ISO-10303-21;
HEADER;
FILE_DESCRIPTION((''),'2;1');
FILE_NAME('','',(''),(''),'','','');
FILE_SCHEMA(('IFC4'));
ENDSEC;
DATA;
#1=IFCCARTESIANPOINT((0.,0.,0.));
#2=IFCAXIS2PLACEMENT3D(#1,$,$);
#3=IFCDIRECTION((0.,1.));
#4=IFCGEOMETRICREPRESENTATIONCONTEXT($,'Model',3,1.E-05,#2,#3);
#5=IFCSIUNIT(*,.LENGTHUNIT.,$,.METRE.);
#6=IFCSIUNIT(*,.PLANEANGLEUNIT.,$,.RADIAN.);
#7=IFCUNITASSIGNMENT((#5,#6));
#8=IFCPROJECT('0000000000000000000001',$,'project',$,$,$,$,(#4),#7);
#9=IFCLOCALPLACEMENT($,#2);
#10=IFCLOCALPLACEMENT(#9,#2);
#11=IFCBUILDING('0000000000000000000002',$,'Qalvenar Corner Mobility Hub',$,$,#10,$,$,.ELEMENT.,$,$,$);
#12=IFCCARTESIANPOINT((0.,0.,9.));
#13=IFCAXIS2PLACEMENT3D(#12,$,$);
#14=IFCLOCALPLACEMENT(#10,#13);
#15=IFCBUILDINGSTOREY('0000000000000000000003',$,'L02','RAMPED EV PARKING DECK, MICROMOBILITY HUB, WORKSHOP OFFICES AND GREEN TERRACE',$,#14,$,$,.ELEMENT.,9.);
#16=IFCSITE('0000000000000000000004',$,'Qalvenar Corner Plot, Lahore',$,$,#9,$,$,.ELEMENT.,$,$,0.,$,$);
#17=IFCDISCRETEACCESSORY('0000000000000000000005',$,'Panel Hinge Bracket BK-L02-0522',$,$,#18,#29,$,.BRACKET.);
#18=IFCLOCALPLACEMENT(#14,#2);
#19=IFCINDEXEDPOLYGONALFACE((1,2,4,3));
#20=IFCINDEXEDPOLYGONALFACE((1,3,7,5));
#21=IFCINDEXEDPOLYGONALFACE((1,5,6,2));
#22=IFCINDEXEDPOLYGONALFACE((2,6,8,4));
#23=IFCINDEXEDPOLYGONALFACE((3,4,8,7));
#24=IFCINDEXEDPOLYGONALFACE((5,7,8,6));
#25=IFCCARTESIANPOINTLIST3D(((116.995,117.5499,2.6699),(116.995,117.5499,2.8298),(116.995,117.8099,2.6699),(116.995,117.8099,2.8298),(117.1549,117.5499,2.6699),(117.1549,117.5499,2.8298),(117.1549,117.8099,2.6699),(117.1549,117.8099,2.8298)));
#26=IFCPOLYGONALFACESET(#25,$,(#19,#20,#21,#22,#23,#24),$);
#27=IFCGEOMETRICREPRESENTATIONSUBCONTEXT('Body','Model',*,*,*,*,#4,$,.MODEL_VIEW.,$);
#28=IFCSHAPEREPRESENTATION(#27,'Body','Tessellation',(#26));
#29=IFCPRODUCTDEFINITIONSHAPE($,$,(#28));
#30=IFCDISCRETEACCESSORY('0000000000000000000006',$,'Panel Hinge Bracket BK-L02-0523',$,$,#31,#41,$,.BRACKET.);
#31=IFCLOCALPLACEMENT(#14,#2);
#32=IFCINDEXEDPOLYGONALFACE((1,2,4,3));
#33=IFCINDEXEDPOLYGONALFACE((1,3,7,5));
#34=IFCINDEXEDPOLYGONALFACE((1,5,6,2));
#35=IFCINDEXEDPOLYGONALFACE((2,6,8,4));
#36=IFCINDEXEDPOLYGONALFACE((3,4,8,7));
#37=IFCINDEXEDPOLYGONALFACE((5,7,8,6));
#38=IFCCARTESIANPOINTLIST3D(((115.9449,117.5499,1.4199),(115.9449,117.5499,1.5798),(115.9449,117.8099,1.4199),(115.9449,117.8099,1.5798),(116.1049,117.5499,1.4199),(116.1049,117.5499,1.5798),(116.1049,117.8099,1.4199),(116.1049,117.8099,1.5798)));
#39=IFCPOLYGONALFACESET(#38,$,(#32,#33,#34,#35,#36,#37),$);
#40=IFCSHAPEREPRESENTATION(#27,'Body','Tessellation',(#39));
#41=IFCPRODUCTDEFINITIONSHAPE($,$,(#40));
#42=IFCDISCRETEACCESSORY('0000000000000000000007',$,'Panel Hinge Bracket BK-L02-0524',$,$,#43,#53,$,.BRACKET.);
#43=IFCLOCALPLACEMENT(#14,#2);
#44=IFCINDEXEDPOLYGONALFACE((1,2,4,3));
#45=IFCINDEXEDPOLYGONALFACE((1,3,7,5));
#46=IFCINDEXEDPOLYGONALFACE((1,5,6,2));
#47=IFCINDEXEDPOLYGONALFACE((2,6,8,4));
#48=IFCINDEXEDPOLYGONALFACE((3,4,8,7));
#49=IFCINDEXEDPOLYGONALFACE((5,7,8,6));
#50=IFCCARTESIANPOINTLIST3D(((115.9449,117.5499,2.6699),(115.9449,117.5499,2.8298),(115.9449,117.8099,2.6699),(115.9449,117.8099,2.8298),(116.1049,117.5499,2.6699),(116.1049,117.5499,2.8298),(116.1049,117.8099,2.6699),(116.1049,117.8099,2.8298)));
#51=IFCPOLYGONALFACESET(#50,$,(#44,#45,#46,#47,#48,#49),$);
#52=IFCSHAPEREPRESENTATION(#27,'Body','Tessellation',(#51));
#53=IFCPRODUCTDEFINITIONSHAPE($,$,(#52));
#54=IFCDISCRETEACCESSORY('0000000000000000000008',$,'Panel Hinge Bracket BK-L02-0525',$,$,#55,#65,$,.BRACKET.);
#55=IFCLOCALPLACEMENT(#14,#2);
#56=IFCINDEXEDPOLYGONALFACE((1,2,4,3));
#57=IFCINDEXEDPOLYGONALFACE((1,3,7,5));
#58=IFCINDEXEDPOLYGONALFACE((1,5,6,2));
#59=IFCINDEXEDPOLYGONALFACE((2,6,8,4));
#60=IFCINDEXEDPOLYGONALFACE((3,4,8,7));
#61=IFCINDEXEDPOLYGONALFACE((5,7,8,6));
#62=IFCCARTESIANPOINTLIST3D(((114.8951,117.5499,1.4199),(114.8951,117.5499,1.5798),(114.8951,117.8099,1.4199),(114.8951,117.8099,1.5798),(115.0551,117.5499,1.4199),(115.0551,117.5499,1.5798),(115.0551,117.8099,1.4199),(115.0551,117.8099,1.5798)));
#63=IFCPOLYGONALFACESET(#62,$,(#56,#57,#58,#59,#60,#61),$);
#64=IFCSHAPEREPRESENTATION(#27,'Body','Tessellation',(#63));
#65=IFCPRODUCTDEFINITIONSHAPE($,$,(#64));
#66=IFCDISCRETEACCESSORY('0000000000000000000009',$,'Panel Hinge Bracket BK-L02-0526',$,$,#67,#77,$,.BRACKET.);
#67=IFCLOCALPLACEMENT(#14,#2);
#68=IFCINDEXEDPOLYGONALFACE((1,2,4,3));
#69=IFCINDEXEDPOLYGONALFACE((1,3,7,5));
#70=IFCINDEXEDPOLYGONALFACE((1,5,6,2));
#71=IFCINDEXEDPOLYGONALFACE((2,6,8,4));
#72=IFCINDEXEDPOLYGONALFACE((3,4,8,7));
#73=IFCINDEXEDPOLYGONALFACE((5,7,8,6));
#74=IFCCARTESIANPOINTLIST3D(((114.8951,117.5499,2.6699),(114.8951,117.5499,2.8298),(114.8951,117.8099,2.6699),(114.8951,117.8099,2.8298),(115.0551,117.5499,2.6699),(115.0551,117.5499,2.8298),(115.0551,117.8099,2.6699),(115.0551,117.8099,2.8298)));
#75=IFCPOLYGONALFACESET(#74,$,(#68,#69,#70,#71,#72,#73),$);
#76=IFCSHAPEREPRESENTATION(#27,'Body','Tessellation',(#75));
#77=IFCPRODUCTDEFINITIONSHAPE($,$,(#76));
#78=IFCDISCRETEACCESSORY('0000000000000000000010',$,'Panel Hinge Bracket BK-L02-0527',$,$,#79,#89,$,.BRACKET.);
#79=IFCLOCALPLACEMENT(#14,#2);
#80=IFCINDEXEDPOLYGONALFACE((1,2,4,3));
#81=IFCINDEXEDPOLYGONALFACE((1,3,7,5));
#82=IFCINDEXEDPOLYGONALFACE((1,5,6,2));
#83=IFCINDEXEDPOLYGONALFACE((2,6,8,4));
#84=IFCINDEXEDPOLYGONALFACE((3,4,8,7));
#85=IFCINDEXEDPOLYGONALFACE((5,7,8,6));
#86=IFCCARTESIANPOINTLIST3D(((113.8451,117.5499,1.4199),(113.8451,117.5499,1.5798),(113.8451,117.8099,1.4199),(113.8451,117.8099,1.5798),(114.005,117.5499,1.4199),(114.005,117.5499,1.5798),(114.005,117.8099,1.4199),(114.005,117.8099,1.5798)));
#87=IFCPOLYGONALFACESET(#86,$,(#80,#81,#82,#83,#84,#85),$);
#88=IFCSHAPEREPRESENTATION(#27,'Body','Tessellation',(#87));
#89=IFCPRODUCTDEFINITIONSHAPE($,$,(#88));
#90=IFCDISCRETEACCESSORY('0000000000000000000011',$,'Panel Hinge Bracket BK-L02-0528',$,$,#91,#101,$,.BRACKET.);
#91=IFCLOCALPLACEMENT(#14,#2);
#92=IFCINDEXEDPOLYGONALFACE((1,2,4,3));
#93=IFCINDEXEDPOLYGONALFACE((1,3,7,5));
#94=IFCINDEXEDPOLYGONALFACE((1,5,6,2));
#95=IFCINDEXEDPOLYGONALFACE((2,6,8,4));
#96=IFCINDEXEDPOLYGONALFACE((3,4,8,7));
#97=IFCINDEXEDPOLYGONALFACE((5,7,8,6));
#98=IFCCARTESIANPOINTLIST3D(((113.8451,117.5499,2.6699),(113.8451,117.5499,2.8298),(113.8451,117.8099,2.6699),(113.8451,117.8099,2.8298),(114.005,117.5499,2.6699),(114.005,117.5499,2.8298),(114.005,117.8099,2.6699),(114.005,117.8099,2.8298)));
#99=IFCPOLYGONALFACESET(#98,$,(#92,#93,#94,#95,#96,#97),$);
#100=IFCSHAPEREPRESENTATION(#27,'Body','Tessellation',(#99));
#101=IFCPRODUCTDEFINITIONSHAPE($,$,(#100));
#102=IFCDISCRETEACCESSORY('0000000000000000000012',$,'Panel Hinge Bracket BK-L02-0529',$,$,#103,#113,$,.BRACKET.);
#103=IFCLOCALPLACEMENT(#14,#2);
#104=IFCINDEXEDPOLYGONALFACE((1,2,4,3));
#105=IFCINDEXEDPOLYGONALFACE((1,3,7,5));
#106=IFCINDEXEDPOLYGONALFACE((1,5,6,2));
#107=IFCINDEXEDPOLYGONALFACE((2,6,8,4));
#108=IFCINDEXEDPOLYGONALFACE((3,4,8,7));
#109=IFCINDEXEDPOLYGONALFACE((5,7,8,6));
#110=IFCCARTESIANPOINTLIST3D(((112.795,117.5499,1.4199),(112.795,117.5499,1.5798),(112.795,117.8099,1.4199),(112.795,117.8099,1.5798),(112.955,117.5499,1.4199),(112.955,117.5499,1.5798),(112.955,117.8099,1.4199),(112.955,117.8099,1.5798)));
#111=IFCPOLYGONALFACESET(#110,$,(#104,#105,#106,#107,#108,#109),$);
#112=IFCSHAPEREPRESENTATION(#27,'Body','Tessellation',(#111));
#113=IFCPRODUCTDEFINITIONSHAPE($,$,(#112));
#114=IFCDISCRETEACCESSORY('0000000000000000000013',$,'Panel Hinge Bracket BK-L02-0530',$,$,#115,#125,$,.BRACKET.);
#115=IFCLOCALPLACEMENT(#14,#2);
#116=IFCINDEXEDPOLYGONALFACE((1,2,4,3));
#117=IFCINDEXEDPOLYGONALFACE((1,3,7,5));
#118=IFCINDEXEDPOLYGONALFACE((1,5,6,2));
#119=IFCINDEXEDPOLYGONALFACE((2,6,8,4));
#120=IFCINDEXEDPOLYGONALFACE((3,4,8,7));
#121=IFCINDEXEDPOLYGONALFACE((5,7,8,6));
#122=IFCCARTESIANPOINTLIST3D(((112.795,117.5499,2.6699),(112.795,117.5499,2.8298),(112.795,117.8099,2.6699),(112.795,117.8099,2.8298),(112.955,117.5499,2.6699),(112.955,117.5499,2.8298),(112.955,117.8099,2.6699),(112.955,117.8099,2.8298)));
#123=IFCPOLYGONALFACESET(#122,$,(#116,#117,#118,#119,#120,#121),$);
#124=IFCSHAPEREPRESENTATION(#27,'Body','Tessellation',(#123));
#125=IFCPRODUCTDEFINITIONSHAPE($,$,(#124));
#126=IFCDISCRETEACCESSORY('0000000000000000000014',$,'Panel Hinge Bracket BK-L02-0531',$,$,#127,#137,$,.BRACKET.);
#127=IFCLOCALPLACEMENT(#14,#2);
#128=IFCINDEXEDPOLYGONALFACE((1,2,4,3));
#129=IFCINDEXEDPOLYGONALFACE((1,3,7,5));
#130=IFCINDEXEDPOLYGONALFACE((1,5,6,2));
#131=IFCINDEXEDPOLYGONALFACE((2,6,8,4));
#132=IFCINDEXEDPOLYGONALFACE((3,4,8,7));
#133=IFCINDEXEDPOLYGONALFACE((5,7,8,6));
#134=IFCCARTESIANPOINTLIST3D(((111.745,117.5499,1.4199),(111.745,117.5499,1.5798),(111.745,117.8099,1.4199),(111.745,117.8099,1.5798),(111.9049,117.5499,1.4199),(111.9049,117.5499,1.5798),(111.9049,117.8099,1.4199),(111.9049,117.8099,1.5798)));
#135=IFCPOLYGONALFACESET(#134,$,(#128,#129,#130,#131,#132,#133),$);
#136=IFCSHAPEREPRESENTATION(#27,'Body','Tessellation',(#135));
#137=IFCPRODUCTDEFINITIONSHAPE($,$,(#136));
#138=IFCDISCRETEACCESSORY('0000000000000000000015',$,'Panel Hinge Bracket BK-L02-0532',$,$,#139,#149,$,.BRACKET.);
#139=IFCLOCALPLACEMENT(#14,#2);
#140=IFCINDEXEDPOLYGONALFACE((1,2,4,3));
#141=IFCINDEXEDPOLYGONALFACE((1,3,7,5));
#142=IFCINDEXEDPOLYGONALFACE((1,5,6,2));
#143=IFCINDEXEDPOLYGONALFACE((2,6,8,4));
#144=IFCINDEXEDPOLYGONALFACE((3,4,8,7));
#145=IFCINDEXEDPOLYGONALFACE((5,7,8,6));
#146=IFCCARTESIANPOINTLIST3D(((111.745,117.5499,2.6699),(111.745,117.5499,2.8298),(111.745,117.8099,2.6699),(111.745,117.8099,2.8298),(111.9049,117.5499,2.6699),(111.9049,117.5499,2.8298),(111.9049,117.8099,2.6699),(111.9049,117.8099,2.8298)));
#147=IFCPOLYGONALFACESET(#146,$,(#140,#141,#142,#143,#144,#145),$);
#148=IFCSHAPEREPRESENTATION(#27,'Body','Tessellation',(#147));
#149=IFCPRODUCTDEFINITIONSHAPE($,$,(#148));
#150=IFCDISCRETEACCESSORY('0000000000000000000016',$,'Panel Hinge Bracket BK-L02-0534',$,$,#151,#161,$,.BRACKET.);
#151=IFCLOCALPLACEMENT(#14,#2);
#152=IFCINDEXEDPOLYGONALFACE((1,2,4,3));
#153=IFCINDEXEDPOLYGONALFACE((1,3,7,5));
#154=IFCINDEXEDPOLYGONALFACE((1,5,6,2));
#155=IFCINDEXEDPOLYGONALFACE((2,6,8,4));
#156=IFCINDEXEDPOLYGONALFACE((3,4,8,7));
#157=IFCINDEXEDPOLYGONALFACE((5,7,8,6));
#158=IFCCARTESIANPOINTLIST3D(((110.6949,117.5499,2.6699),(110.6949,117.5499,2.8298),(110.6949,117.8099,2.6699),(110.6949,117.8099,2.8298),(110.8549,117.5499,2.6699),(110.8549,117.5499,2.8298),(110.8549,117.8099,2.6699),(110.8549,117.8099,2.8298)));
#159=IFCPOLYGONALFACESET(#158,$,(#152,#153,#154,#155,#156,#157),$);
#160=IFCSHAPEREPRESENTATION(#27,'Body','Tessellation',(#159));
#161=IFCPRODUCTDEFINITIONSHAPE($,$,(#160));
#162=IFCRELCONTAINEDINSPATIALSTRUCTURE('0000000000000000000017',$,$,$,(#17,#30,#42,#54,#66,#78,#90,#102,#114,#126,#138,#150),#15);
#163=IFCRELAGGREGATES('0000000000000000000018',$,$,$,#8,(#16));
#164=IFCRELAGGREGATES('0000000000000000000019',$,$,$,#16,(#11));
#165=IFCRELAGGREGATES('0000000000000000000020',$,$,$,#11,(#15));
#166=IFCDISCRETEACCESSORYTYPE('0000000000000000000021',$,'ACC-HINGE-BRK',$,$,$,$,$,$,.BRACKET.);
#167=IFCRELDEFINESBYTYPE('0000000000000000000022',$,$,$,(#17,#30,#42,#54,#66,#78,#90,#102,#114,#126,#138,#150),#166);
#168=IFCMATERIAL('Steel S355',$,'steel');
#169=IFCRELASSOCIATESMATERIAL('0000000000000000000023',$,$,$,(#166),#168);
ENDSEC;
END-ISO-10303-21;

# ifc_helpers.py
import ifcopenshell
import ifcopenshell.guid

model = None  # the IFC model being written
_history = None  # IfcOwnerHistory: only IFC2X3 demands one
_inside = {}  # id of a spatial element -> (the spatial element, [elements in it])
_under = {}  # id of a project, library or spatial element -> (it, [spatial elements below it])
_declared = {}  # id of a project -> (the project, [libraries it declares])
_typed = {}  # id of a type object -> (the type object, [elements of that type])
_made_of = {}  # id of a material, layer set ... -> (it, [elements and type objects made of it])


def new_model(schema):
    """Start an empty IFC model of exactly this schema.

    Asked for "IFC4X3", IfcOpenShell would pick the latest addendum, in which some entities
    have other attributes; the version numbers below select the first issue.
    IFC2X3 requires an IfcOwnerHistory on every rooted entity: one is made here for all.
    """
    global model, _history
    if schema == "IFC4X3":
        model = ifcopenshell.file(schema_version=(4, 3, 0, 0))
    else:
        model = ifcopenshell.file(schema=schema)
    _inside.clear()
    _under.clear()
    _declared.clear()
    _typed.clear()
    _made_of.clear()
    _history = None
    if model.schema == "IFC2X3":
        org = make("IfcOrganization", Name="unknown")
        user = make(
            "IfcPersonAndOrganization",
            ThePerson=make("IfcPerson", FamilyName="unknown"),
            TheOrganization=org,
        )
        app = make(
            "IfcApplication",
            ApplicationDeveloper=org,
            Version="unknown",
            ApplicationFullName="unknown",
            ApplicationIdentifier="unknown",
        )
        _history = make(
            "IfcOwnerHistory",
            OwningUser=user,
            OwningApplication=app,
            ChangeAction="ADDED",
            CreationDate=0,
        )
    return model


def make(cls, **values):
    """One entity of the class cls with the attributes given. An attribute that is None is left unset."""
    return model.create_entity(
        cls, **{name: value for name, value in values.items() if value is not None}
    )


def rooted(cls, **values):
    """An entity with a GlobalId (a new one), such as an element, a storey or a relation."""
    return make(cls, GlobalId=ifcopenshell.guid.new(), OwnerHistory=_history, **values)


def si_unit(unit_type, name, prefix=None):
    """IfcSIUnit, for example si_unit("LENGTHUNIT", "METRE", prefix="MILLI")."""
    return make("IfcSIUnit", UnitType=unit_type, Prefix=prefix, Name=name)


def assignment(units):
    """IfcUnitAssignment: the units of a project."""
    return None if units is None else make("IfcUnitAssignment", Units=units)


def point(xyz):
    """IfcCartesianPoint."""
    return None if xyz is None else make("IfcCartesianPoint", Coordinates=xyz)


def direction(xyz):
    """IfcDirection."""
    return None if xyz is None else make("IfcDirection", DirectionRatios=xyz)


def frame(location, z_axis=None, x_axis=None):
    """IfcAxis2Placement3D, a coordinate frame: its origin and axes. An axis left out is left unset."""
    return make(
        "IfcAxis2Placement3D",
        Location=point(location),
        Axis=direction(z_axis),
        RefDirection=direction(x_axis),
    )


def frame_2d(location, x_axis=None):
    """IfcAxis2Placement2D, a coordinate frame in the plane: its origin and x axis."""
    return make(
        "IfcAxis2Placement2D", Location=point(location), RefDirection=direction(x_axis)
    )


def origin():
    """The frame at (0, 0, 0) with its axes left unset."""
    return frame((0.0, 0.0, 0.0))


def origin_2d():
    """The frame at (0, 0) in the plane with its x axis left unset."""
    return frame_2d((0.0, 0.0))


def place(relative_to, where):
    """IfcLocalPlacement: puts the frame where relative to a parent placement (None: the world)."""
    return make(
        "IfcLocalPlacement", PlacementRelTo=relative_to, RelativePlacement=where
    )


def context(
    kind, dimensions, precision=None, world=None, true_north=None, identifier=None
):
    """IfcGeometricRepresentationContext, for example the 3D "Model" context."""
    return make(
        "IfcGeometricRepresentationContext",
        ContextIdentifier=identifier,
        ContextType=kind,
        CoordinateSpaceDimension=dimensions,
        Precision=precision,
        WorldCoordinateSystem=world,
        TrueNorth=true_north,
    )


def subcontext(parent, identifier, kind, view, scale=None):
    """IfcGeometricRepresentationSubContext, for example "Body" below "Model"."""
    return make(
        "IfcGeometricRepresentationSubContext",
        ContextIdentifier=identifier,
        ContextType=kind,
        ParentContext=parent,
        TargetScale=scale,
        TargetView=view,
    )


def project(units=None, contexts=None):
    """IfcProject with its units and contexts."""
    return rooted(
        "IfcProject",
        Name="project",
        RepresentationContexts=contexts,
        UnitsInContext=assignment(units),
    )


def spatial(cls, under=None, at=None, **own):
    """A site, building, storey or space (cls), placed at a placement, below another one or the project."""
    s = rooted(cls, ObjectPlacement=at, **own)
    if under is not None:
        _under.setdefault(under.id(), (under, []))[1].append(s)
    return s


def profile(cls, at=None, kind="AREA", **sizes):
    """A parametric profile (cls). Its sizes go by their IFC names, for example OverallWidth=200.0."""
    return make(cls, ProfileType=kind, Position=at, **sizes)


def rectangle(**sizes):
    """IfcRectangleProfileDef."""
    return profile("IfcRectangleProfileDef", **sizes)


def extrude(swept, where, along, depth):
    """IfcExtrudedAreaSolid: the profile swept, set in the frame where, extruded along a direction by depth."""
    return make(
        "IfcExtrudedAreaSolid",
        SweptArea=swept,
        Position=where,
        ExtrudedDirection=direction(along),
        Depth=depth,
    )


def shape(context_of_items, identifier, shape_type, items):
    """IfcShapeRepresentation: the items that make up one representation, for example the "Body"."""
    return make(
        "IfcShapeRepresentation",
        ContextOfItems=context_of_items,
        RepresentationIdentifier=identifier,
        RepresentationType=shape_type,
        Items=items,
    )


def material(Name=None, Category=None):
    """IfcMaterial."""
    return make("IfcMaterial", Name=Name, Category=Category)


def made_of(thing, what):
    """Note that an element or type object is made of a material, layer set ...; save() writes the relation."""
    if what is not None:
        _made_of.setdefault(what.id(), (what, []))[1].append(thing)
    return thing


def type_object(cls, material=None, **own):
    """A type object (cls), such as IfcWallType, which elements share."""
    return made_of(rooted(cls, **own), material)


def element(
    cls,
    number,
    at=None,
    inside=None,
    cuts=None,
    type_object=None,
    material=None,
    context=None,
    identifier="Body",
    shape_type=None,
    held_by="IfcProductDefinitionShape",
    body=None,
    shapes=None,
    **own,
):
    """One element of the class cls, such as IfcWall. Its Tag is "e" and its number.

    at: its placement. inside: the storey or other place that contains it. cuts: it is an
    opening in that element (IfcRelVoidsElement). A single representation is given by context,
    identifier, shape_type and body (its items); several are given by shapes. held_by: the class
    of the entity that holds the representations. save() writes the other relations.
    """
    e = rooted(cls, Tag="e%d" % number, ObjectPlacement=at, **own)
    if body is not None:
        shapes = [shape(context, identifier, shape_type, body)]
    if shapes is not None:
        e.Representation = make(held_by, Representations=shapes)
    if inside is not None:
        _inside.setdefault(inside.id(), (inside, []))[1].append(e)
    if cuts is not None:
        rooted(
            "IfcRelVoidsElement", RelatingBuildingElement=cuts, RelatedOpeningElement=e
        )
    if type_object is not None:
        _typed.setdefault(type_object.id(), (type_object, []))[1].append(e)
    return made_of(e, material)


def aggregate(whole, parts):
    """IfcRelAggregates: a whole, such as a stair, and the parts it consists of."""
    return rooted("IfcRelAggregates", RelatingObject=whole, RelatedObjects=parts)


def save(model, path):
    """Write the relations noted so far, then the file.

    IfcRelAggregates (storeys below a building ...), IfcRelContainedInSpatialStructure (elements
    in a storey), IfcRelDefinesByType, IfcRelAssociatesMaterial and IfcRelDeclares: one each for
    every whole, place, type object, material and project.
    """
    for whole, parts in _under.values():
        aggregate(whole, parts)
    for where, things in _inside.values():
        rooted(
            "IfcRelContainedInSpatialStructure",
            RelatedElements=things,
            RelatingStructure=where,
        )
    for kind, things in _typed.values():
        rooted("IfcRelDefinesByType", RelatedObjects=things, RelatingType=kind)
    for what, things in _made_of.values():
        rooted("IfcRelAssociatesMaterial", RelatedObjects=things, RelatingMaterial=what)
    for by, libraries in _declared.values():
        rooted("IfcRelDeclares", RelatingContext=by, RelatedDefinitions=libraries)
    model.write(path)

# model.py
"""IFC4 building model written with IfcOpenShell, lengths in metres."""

from ifc_helpers import new_model, si_unit, direction, frame, origin, origin_2d, place, context, subcontext, project, spatial, rectangle, extrude, material, type_object, element, save


model = new_model("IFC4")

# Units and contexts
model_context = context("Model", 3, precision=1e-05, world=origin(), true_north=direction((0.0, 1.0)))
body_context = subcontext(model_context, "Body", "Model", "MODEL_VIEW")
ifc_project = project(units=[si_unit("LENGTHUNIT", "METRE"), si_unit("PLANEANGLEUNIT", "RADIAN")], contexts=[model_context])

# Site, building, storey
site_placement = place(None, origin())
site = spatial("IfcSite", under=ifc_project, at=site_placement, Name="Qalvenar Corner Plot, Lahore", CompositionType="ELEMENT", RefElevation=0.0)
building_placement = place(site_placement, origin())
building = spatial("IfcBuilding", under=site, at=building_placement, Name="Qalvenar Corner Mobility Hub", CompositionType="ELEMENT")
storey_placement = place(building_placement, frame((0.0, 0.0, 9.0)))
storey = spatial("IfcBuildingStorey", under=building, at=storey_placement, Name="L02", Description="RAMPED EV PARKING DECK, MICROMOBILITY HUB, WORKSHOP OFFICES AND GREEN TERRACE", CompositionType="ELEMENT", Elevation=9.0)

# Discrete accessories
ifc_material_1 = material(Name="Steel S355", Category="steel")
discrete_accessory_type = type_object("IfcDiscreteAccessoryType", Name="ACC-HINGE-BRK", PredefinedType="BRACKET", material=ifc_material_1)
for number, where, z_axis, x_axis, name in (
    (1, (117.075, 117.6799, 2.6699), (0.0, 0.0, 1.0), (-1.0, 0.0, 0.0), "Panel Hinge Bracket BK-L02-0522"),
    (2, (116.0249, 117.6799, 1.4199), (0.0, 0.0, 1.0), (-1.0, 0.0, 0.0), "Panel Hinge Bracket BK-L02-0523"),
    (3, (116.0249, 117.6799, 2.6699), (0.0, 0.0, 1.0), (-1.0, 0.0, 0.0), "Panel Hinge Bracket BK-L02-0524"),
    (4, (114.9751, 117.6799, 1.4199), (0.0, 0.0, 1.0), (-1.0, 0.0, 0.0), "Panel Hinge Bracket BK-L02-0525"),
    (5, (114.9751, 117.6799, 2.6699), (0.0, 0.0, 1.0), (-1.0, 0.0, 0.0), "Panel Hinge Bracket BK-L02-0526"),
    (6, (113.925, 117.6799, 1.4199), (0.0, 0.0, 1.0), (-1.0, 0.0, 0.0), "Panel Hinge Bracket BK-L02-0527"),
    (7, (113.925, 117.6799, 2.6699), (0.0, 0.0, 1.0), (-1.0, 0.0, 0.0), "Panel Hinge Bracket BK-L02-0528"),
    (8, (112.875, 117.6799, 1.4199), (0.0, 0.0, 1.0), (-1.0, 0.0, 0.0), "Panel Hinge Bracket BK-L02-0529"),
    (9, (112.875, 117.6799, 2.6699), (0.0, 0.0, 1.0), (-1.0, 0.0, 0.0), "Panel Hinge Bracket BK-L02-0530"),
    (10, (111.825, 117.6799, 1.4199), (0.0, 0.0, 1.0), (-1.0, 0.0, 0.0), "Panel Hinge Bracket BK-L02-0531"),
    (11, (111.825, 117.6799, 2.6699), (0.0, 0.0, 1.0), (-1.0, 0.0, 0.0), "Panel Hinge Bracket BK-L02-0532"),
    (12, (110.7749, 117.6799, 2.6699), (0.0, 0.0, 1.0), (-1.0, 0.0, 0.0), "Panel Hinge Bracket BK-L02-0534"),
):
    element("IfcDiscreteAccessory", number, at=place(storey_placement, frame(where, z_axis=z_axis, x_axis=x_axis)), inside=storey, type_object=discrete_accessory_type, Name=name, PredefinedType="BRACKET", context=body_context, shape_type="SweptSolid", body=[
        extrude(rectangle(XDim=0.1599, YDim=0.26, at=origin_2d()), origin(), (0.0, 0.0, 1.0), 0.1599),
    ])

save(model, "model.ifc")
